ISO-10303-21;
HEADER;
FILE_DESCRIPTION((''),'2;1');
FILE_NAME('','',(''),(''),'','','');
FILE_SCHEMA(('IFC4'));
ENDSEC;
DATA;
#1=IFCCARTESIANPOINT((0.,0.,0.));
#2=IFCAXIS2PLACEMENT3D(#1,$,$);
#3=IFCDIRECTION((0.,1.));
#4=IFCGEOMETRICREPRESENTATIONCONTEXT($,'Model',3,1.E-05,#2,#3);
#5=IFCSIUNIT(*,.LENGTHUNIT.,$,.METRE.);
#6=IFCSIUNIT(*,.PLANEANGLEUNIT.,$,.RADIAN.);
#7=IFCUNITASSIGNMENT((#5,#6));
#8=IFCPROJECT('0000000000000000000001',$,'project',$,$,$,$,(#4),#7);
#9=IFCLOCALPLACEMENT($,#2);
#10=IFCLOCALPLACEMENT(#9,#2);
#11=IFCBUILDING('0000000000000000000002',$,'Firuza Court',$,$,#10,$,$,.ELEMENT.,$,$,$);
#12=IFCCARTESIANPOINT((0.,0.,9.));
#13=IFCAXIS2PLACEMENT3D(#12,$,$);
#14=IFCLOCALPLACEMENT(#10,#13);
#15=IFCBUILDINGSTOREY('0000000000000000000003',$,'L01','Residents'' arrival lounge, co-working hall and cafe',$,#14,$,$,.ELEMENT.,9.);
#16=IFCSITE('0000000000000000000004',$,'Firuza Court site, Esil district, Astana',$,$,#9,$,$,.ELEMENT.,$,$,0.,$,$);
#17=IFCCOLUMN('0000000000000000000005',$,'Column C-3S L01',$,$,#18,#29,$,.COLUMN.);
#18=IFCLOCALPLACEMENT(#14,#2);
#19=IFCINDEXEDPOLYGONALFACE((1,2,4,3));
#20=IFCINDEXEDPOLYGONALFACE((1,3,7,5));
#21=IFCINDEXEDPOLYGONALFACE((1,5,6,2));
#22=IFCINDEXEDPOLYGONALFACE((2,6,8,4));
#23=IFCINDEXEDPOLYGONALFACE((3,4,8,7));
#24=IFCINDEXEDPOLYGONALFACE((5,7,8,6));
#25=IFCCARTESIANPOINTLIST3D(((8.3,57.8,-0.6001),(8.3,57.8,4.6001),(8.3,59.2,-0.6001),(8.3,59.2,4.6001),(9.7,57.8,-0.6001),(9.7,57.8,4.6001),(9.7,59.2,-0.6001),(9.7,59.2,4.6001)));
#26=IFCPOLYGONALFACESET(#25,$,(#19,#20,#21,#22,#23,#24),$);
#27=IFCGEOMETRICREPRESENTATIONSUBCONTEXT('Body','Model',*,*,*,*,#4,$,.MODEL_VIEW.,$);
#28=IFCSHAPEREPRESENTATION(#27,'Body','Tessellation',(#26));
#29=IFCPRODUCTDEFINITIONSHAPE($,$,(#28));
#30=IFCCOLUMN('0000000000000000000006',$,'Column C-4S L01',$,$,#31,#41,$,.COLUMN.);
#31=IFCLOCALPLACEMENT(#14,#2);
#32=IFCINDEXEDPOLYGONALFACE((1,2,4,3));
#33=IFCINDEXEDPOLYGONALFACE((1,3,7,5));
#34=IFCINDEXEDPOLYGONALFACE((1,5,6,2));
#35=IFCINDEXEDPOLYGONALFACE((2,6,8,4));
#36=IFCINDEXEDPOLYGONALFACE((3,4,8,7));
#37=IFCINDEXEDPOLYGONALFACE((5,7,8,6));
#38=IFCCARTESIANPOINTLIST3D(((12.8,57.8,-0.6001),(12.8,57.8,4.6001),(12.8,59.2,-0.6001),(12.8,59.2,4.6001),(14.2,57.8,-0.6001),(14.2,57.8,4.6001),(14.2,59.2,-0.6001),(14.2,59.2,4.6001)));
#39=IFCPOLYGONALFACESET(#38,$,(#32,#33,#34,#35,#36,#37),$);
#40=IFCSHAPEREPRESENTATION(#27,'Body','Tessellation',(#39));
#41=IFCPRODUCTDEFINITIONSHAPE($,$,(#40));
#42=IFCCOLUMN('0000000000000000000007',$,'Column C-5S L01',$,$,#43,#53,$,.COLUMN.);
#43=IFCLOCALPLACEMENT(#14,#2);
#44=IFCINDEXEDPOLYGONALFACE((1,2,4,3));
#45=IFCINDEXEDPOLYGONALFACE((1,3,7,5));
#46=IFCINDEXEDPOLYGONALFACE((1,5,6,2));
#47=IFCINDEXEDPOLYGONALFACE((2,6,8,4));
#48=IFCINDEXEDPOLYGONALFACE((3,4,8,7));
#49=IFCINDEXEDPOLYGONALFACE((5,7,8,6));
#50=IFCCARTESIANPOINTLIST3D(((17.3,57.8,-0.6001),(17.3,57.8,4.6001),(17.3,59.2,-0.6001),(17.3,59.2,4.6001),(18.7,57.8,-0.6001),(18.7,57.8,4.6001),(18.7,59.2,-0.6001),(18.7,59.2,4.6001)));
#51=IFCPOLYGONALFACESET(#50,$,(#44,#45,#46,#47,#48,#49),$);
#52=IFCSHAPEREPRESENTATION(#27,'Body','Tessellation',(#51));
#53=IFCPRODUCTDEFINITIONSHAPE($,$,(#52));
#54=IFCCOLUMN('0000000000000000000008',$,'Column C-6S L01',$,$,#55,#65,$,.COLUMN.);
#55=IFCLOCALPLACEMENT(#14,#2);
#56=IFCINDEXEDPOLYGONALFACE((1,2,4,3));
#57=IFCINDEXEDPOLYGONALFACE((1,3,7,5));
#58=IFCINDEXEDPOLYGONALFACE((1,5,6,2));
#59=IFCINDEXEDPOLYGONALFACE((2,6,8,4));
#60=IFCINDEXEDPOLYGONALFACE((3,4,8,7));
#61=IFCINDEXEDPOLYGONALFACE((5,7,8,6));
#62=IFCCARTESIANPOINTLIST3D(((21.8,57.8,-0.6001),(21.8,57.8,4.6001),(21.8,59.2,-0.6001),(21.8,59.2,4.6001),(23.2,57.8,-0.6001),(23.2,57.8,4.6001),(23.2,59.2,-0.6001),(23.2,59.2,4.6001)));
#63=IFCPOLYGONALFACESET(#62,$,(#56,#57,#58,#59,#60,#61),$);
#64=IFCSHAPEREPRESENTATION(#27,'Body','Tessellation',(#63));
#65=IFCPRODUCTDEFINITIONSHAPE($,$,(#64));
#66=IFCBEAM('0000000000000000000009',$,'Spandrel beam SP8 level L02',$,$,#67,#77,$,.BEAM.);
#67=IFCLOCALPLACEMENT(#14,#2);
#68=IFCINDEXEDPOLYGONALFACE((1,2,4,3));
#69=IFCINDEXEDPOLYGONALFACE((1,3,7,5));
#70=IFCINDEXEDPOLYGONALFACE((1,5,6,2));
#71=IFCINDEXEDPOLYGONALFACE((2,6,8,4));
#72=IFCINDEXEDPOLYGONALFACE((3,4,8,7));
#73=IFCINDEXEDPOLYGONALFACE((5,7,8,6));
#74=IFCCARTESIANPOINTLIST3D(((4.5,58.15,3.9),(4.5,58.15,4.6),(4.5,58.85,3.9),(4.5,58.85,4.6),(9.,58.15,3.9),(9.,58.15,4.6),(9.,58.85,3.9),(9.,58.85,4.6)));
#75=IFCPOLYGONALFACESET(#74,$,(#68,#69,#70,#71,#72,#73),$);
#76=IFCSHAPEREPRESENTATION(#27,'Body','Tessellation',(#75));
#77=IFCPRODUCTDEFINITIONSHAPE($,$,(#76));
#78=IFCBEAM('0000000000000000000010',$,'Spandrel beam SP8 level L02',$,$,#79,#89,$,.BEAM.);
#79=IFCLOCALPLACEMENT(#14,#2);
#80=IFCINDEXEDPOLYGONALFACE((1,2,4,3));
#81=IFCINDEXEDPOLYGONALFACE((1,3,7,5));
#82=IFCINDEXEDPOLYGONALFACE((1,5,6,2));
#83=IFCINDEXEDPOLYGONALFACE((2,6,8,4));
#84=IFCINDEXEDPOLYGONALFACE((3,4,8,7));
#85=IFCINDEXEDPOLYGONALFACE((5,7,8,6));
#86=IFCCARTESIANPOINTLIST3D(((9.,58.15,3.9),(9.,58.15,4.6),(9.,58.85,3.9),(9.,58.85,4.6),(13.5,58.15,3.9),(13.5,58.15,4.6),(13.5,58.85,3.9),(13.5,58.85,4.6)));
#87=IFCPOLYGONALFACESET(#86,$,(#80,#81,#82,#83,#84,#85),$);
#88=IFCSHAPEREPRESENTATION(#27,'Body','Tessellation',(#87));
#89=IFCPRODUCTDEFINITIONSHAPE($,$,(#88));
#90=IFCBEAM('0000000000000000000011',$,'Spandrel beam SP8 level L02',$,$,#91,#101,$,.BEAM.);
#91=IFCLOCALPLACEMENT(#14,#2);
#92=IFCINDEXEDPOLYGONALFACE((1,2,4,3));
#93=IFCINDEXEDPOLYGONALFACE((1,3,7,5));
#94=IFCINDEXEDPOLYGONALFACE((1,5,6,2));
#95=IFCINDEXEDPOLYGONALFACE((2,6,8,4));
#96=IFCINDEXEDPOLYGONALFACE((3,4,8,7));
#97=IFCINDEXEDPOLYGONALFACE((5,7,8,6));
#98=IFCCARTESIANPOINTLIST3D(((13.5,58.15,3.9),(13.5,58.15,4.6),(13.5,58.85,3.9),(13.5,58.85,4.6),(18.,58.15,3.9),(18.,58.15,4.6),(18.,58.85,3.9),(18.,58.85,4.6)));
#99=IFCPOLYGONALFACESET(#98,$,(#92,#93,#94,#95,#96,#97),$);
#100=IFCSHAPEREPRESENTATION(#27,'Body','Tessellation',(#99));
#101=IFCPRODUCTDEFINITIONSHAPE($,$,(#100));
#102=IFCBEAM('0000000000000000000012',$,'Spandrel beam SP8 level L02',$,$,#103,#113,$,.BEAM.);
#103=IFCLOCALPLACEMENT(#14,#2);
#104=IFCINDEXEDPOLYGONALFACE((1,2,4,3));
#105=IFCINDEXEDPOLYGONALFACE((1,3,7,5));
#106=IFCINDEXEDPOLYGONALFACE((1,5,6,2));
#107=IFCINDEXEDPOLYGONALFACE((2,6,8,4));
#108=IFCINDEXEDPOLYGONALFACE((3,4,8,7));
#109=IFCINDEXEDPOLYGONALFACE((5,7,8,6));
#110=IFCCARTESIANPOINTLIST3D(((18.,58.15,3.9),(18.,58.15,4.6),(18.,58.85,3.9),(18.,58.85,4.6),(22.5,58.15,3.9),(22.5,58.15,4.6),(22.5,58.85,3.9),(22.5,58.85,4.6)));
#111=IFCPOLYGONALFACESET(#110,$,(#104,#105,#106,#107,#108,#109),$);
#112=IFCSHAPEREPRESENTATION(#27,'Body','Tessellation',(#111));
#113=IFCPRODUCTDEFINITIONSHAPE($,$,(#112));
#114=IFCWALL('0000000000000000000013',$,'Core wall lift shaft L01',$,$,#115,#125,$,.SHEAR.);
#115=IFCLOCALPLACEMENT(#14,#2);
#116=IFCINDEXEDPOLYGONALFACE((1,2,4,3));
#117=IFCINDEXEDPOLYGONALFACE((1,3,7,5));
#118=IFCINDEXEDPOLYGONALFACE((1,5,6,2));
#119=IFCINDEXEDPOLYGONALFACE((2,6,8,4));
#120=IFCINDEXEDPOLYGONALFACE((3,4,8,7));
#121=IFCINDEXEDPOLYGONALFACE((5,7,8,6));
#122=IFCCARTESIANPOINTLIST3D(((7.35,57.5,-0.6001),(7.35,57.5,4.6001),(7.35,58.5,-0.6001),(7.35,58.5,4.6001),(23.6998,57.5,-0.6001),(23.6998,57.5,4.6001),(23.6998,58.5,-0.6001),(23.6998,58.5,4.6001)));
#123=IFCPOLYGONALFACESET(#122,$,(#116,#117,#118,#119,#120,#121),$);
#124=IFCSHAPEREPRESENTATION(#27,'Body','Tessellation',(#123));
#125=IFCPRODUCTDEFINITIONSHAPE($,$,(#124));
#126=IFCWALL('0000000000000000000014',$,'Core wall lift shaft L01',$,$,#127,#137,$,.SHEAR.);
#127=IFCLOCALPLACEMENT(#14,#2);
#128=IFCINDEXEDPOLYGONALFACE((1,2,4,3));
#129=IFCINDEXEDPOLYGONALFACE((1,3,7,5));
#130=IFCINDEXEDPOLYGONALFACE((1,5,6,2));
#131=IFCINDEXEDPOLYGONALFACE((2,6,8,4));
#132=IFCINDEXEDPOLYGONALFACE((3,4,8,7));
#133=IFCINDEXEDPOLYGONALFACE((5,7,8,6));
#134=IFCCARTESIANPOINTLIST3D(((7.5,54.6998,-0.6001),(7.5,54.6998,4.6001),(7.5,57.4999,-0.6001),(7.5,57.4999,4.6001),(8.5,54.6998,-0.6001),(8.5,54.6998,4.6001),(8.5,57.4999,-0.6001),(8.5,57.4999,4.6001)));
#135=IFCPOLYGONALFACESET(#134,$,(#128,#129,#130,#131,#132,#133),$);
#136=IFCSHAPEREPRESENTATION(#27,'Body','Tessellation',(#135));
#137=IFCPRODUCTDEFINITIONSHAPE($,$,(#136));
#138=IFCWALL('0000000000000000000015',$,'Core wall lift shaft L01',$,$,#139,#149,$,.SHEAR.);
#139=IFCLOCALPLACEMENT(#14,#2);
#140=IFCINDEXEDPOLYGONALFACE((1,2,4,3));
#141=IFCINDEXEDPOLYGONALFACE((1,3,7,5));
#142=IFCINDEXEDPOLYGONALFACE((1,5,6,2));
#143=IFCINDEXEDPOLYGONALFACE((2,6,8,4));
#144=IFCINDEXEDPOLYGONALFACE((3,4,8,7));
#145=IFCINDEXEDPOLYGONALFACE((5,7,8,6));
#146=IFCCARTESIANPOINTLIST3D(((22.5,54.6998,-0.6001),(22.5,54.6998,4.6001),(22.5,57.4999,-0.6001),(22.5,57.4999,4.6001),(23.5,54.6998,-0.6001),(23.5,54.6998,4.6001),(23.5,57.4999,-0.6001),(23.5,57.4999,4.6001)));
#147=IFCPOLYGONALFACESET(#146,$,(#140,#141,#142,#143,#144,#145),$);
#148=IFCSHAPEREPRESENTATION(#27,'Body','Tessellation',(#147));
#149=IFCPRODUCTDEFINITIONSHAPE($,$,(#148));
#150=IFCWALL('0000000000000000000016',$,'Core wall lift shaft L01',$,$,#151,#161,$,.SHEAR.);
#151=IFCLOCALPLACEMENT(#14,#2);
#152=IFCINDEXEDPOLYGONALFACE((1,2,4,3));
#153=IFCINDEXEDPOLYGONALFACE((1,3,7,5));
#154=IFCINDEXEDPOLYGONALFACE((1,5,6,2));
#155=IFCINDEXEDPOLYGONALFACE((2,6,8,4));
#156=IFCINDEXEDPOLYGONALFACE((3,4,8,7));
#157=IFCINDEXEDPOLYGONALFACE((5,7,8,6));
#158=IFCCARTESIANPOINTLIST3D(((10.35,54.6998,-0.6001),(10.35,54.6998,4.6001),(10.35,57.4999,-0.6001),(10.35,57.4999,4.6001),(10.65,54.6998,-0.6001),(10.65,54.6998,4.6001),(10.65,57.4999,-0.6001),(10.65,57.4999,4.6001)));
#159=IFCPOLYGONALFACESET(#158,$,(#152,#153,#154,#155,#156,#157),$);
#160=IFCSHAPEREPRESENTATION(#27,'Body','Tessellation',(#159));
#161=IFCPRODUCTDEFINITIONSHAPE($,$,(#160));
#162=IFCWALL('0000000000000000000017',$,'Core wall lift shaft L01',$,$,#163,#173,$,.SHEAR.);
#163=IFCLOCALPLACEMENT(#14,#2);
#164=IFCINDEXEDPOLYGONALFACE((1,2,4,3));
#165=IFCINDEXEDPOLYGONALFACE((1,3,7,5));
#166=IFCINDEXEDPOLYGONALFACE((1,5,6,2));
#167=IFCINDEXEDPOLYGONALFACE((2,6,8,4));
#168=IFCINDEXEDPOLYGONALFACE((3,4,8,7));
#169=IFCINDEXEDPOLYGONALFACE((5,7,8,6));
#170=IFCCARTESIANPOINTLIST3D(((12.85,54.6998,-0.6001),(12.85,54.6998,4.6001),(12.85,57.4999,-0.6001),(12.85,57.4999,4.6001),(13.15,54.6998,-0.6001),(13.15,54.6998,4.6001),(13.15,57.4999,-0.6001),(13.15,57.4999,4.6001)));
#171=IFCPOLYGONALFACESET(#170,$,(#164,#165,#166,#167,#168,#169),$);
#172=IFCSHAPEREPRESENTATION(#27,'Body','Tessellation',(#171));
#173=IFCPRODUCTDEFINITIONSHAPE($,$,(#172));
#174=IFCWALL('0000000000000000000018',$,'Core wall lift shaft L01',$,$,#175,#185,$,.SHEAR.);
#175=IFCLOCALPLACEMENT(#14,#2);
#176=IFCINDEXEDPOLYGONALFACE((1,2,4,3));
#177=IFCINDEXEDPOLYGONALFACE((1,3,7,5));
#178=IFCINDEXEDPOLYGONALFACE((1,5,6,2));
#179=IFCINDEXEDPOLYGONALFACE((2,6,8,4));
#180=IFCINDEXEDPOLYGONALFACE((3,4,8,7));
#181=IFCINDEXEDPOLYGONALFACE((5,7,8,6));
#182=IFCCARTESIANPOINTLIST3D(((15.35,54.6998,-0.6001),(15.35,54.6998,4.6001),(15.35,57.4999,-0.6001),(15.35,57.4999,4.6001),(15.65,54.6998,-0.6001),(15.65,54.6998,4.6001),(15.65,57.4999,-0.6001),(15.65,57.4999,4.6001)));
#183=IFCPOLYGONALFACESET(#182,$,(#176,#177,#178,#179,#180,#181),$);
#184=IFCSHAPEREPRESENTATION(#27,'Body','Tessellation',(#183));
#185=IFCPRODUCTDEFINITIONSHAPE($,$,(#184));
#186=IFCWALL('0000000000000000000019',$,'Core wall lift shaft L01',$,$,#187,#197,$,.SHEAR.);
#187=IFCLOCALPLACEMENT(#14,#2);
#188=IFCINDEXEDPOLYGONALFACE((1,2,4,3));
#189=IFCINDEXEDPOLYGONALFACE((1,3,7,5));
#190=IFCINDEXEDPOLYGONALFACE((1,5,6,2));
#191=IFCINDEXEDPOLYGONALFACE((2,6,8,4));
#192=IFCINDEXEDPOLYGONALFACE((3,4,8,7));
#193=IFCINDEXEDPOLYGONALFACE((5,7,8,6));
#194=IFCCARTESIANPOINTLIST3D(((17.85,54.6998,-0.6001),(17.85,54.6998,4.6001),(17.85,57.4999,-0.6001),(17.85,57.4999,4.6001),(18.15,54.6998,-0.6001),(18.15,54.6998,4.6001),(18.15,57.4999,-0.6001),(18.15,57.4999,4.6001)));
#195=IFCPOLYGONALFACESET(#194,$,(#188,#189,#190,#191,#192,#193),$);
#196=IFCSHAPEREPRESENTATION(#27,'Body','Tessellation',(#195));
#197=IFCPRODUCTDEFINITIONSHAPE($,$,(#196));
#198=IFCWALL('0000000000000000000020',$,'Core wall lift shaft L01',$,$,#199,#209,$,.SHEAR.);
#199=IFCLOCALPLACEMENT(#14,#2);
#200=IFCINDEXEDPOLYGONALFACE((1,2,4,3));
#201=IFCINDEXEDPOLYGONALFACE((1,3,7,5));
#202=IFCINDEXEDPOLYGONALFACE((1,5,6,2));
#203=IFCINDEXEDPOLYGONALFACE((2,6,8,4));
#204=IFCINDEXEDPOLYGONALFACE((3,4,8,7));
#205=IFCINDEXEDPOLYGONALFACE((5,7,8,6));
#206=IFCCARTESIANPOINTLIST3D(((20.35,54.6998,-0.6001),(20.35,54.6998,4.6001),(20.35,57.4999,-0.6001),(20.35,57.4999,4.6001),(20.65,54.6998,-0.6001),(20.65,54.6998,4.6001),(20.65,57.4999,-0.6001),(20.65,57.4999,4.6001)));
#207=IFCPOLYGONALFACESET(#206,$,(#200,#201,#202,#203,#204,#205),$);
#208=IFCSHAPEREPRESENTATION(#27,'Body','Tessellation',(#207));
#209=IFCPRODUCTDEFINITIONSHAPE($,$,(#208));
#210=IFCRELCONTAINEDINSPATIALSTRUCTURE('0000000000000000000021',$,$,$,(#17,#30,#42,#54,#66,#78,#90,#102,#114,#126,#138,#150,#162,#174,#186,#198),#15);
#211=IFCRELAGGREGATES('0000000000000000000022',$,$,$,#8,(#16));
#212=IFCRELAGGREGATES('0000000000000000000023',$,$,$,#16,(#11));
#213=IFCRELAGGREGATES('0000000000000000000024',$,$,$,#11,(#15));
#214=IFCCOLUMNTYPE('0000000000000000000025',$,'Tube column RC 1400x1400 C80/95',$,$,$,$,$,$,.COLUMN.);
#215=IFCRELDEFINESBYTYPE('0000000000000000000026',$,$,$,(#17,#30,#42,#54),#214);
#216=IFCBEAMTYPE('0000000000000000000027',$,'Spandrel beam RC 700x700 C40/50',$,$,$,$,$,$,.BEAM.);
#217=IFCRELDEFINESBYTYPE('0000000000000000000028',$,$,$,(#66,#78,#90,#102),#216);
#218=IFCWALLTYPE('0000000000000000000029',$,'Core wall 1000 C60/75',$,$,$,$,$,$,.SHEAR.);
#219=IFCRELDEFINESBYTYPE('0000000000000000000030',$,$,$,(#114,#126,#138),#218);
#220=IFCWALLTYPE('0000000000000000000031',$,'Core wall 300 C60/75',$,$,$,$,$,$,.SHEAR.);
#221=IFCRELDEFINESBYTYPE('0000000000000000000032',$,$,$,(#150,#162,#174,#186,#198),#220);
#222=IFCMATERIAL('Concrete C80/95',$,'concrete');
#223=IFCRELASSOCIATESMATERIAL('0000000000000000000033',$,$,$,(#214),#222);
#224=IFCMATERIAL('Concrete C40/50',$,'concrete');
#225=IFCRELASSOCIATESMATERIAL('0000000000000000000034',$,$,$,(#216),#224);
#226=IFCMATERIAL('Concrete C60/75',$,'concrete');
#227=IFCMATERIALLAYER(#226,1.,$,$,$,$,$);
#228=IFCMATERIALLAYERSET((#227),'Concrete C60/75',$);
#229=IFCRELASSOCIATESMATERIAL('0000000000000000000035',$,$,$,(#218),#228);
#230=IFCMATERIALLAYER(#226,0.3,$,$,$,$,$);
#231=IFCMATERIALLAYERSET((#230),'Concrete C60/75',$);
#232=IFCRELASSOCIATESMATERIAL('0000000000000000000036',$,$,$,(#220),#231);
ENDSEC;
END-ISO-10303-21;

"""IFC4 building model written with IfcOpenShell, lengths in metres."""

from ifc_helpers import new_model, si_unit, direction, frame, frame_2d, origin, origin_2d, place, context, subcontext, project, spatial, rectangle, extrude, material, layer, layer_set, material_profile, profile_set, type_object, element, save


model = new_model("IFC4")

# Units and contexts
model_context = context("Model", 3, precision=1e-05, world=origin(), true_north=direction((0.0, 1.0)))
body_context = subcontext(model_context, "Body", "Model", "MODEL_VIEW")
ifc_project = project(units=[si_unit("LENGTHUNIT", "METRE"), si_unit("PLANEANGLEUNIT", "RADIAN")], contexts=[model_context])

# Site, building, storey
site_placement = place(None, origin())
site = spatial("IfcSite", under=ifc_project, at=site_placement, Name="Firuza Court site, Esil district, Astana", CompositionType="ELEMENT", RefElevation=0.0)
building_placement = place(site_placement, origin())
building = spatial("IfcBuilding", under=site, at=building_placement, Name="Firuza Court", CompositionType="ELEMENT")
storey_placement = place(building_placement, frame((0.0, 0.0, 9.0)))
storey = spatial("IfcBuildingStorey", under=building, at=storey_placement, Name="L01", Description="Residents' arrival lounge, co-working hall and cafe", CompositionType="ELEMENT", Elevation=9.0)

# Columns
ifc_material_1 = material(Name="Concrete C80/95", Category="concrete")
ifc_material_profile_1 = material_profile(ifc_material_1, rectangle(XDim=1.3999, YDim=1.3999, at=origin_2d()), Name="RC 1400x1400")
ifc_profile_set_1 = profile_set([ifc_material_profile_1], Name="Concrete C80/95")
column_type = type_object("IfcColumnType", Name="Tube column RC 1400x1400 C80/95", PredefinedType="COLUMN", material=ifc_profile_set_1)
for number, where, z_axis, x_axis, name in (
    (1, (9.0, 58.5, -0.6001), (0.0, 0.0, 1.0), (1.0, 0.0, 0.0), "Column C-3S L01"),
    (2, (13.5, 58.5, -0.6001), (0.0, 0.0, 1.0), (1.0, 0.0, 0.0), "Column C-4S L01"),
    (3, (18.0, 58.5, -0.6001), (0.0, 0.0, 1.0), (1.0, 0.0, 0.0), "Column C-5S L01"),
    (4, (22.5, 58.5, -0.6001), (0.0, 0.0, 1.0), (1.0, 0.0, 0.0), "Column C-6S L01"),
):
    element("IfcColumn", number, at=place(storey_placement, frame(where, z_axis=z_axis, x_axis=x_axis)), inside=storey, type_object=column_type, Name=name, PredefinedType="COLUMN", context=body_context, shape_type="SweptSolid", body=[
        extrude(rectangle(XDim=1.3999, YDim=1.3999, at=origin_2d()), origin(), (0.0, 0.0, 1.0), 5.2002),
    ])

# Beams
ifc_material_2 = material(Name="Concrete C40/50", Category="concrete")
ifc_material_profile_2 = material_profile(ifc_material_2, rectangle(XDim=0.7, YDim=0.7, at=origin_2d()), Name="RC 700x700")
ifc_profile_set_2 = profile_set([ifc_material_profile_2], Name="Concrete C40/50")
beam_type = type_object("IfcBeamType", Name="Spandrel beam RC 700x700 C40/50", PredefinedType="BEAM", material=ifc_profile_set_2)
for number, where, z_axis, x_axis, name in (
    (5, (9.0, 58.5, 4.25), (-1.0, 0.0, 0.0), (0.0, -1.0, 0.0), "Spandrel beam SP8 level L02"),
    (6, (13.5, 58.5, 4.25), (-1.0, 0.0, 0.0), (0.0, -1.0, 0.0), "Spandrel beam SP8 level L02"),
    (7, (18.0, 58.5, 4.25), (-1.0, 0.0, 0.0), (0.0, -1.0, 0.0), "Spandrel beam SP8 level L02"),
    (8, (22.5, 58.5, 4.25), (-1.0, 0.0, 0.0), (0.0, -1.0, 0.0), "Spandrel beam SP8 level L02"),
):
    element("IfcBeam", number, at=place(storey_placement, frame(where, z_axis=z_axis, x_axis=x_axis)), inside=storey, type_object=beam_type, Name=name, PredefinedType="BEAM", context=body_context, shape_type="SweptSolid", body=[
        extrude(rectangle(XDim=0.7, YDim=0.7, at=origin_2d()), origin(), (0.0, 0.0, 1.0), 4.5),
    ])

# Walls
ifc_material_3 = material(Name="Concrete C60/75", Category="concrete")
ifc_layer_1 = layer(ifc_material_3, 1.0)
ifc_layer_set_1 = layer_set([ifc_layer_1], Name="Concrete C60/75")
wall_type_1 = type_object("IfcWallType", Name="Core wall 1000 C60/75", PredefinedType="SHEAR", material=ifc_layer_set_1)
wall_1_placement = place(storey_placement, frame((7.3501, 58.0, -0.6001), z_axis=(0.0, 0.0, 1.0), x_axis=(1.0, 0.0, 0.0)))
element("IfcWall", 9, at=wall_1_placement, inside=storey, type_object=wall_type_1, Name="Core wall lift shaft L01", PredefinedType="SHEAR", context=body_context, shape_type="SweptSolid", body=[
    extrude(rectangle(XDim=16.3499, YDim=1.0, at=frame_2d((8.1748, 0.0))), origin(), (0.0, 0.0, 1.0), 5.2002),
])
for number, where, z_axis, x_axis, name in (
    (10, (8.0, 54.7, -0.6001), (0.0, 0.0, 1.0), (0.0, 1.0, 0.0), "Core wall lift shaft L01"),
    (11, (23.0, 54.7, -0.6001), (0.0, 0.0, 1.0), (0.0, 1.0, 0.0), "Core wall lift shaft L01"),
):
    element("IfcWall", number, at=place(storey_placement, frame(where, z_axis=z_axis, x_axis=x_axis)), inside=storey, type_object=wall_type_1, Name=name, PredefinedType="SHEAR", context=body_context, shape_type="SweptSolid", body=[
        extrude(rectangle(XDim=2.8, YDim=1.0, at=frame_2d((1.3999, 0.0))), origin(), (0.0, 0.0, 1.0), 5.2002),
    ])
ifc_layer_2 = layer(ifc_material_3, 0.3)
ifc_layer_set_2 = layer_set([ifc_layer_2], Name="Concrete C60/75")
wall_type_2 = type_object("IfcWallType", Name="Core wall 300 C60/75", PredefinedType="SHEAR", material=ifc_layer_set_2)
for number, where, z_axis, x_axis, name in (
    (12, (10.5, 54.7, -0.6001), (0.0, 0.0, 1.0), (0.0, 1.0, 0.0), "Core wall lift shaft L01"),
    (13, (13.0, 54.7, -0.6001), (0.0, 0.0, 1.0), (0.0, 1.0, 0.0), "Core wall lift shaft L01"),
    (14, (15.5, 54.7, -0.6001), (0.0, 0.0, 1.0), (0.0, 1.0, 0.0), "Core wall lift shaft L01"),
    (15, (18.0, 54.7, -0.6001), (0.0, 0.0, 1.0), (0.0, 1.0, 0.0), "Core wall lift shaft L01"),
    (16, (20.5, 54.7, -0.6001), (0.0, 0.0, 1.0), (0.0, 1.0, 0.0), "Core wall lift shaft L01"),
):
    element("IfcWall", number, at=place(storey_placement, frame(where, z_axis=z_axis, x_axis=x_axis)), inside=storey, type_object=wall_type_2, Name=name, PredefinedType="SHEAR", context=body_context, shape_type="SweptSolid", body=[
        extrude(rectangle(XDim=2.8, YDim=0.3, at=frame_2d((1.3999, 0.0))), origin(), (0.0, 0.0, 1.0), 5.2002),
    ])

save(model, "model.ifc")
